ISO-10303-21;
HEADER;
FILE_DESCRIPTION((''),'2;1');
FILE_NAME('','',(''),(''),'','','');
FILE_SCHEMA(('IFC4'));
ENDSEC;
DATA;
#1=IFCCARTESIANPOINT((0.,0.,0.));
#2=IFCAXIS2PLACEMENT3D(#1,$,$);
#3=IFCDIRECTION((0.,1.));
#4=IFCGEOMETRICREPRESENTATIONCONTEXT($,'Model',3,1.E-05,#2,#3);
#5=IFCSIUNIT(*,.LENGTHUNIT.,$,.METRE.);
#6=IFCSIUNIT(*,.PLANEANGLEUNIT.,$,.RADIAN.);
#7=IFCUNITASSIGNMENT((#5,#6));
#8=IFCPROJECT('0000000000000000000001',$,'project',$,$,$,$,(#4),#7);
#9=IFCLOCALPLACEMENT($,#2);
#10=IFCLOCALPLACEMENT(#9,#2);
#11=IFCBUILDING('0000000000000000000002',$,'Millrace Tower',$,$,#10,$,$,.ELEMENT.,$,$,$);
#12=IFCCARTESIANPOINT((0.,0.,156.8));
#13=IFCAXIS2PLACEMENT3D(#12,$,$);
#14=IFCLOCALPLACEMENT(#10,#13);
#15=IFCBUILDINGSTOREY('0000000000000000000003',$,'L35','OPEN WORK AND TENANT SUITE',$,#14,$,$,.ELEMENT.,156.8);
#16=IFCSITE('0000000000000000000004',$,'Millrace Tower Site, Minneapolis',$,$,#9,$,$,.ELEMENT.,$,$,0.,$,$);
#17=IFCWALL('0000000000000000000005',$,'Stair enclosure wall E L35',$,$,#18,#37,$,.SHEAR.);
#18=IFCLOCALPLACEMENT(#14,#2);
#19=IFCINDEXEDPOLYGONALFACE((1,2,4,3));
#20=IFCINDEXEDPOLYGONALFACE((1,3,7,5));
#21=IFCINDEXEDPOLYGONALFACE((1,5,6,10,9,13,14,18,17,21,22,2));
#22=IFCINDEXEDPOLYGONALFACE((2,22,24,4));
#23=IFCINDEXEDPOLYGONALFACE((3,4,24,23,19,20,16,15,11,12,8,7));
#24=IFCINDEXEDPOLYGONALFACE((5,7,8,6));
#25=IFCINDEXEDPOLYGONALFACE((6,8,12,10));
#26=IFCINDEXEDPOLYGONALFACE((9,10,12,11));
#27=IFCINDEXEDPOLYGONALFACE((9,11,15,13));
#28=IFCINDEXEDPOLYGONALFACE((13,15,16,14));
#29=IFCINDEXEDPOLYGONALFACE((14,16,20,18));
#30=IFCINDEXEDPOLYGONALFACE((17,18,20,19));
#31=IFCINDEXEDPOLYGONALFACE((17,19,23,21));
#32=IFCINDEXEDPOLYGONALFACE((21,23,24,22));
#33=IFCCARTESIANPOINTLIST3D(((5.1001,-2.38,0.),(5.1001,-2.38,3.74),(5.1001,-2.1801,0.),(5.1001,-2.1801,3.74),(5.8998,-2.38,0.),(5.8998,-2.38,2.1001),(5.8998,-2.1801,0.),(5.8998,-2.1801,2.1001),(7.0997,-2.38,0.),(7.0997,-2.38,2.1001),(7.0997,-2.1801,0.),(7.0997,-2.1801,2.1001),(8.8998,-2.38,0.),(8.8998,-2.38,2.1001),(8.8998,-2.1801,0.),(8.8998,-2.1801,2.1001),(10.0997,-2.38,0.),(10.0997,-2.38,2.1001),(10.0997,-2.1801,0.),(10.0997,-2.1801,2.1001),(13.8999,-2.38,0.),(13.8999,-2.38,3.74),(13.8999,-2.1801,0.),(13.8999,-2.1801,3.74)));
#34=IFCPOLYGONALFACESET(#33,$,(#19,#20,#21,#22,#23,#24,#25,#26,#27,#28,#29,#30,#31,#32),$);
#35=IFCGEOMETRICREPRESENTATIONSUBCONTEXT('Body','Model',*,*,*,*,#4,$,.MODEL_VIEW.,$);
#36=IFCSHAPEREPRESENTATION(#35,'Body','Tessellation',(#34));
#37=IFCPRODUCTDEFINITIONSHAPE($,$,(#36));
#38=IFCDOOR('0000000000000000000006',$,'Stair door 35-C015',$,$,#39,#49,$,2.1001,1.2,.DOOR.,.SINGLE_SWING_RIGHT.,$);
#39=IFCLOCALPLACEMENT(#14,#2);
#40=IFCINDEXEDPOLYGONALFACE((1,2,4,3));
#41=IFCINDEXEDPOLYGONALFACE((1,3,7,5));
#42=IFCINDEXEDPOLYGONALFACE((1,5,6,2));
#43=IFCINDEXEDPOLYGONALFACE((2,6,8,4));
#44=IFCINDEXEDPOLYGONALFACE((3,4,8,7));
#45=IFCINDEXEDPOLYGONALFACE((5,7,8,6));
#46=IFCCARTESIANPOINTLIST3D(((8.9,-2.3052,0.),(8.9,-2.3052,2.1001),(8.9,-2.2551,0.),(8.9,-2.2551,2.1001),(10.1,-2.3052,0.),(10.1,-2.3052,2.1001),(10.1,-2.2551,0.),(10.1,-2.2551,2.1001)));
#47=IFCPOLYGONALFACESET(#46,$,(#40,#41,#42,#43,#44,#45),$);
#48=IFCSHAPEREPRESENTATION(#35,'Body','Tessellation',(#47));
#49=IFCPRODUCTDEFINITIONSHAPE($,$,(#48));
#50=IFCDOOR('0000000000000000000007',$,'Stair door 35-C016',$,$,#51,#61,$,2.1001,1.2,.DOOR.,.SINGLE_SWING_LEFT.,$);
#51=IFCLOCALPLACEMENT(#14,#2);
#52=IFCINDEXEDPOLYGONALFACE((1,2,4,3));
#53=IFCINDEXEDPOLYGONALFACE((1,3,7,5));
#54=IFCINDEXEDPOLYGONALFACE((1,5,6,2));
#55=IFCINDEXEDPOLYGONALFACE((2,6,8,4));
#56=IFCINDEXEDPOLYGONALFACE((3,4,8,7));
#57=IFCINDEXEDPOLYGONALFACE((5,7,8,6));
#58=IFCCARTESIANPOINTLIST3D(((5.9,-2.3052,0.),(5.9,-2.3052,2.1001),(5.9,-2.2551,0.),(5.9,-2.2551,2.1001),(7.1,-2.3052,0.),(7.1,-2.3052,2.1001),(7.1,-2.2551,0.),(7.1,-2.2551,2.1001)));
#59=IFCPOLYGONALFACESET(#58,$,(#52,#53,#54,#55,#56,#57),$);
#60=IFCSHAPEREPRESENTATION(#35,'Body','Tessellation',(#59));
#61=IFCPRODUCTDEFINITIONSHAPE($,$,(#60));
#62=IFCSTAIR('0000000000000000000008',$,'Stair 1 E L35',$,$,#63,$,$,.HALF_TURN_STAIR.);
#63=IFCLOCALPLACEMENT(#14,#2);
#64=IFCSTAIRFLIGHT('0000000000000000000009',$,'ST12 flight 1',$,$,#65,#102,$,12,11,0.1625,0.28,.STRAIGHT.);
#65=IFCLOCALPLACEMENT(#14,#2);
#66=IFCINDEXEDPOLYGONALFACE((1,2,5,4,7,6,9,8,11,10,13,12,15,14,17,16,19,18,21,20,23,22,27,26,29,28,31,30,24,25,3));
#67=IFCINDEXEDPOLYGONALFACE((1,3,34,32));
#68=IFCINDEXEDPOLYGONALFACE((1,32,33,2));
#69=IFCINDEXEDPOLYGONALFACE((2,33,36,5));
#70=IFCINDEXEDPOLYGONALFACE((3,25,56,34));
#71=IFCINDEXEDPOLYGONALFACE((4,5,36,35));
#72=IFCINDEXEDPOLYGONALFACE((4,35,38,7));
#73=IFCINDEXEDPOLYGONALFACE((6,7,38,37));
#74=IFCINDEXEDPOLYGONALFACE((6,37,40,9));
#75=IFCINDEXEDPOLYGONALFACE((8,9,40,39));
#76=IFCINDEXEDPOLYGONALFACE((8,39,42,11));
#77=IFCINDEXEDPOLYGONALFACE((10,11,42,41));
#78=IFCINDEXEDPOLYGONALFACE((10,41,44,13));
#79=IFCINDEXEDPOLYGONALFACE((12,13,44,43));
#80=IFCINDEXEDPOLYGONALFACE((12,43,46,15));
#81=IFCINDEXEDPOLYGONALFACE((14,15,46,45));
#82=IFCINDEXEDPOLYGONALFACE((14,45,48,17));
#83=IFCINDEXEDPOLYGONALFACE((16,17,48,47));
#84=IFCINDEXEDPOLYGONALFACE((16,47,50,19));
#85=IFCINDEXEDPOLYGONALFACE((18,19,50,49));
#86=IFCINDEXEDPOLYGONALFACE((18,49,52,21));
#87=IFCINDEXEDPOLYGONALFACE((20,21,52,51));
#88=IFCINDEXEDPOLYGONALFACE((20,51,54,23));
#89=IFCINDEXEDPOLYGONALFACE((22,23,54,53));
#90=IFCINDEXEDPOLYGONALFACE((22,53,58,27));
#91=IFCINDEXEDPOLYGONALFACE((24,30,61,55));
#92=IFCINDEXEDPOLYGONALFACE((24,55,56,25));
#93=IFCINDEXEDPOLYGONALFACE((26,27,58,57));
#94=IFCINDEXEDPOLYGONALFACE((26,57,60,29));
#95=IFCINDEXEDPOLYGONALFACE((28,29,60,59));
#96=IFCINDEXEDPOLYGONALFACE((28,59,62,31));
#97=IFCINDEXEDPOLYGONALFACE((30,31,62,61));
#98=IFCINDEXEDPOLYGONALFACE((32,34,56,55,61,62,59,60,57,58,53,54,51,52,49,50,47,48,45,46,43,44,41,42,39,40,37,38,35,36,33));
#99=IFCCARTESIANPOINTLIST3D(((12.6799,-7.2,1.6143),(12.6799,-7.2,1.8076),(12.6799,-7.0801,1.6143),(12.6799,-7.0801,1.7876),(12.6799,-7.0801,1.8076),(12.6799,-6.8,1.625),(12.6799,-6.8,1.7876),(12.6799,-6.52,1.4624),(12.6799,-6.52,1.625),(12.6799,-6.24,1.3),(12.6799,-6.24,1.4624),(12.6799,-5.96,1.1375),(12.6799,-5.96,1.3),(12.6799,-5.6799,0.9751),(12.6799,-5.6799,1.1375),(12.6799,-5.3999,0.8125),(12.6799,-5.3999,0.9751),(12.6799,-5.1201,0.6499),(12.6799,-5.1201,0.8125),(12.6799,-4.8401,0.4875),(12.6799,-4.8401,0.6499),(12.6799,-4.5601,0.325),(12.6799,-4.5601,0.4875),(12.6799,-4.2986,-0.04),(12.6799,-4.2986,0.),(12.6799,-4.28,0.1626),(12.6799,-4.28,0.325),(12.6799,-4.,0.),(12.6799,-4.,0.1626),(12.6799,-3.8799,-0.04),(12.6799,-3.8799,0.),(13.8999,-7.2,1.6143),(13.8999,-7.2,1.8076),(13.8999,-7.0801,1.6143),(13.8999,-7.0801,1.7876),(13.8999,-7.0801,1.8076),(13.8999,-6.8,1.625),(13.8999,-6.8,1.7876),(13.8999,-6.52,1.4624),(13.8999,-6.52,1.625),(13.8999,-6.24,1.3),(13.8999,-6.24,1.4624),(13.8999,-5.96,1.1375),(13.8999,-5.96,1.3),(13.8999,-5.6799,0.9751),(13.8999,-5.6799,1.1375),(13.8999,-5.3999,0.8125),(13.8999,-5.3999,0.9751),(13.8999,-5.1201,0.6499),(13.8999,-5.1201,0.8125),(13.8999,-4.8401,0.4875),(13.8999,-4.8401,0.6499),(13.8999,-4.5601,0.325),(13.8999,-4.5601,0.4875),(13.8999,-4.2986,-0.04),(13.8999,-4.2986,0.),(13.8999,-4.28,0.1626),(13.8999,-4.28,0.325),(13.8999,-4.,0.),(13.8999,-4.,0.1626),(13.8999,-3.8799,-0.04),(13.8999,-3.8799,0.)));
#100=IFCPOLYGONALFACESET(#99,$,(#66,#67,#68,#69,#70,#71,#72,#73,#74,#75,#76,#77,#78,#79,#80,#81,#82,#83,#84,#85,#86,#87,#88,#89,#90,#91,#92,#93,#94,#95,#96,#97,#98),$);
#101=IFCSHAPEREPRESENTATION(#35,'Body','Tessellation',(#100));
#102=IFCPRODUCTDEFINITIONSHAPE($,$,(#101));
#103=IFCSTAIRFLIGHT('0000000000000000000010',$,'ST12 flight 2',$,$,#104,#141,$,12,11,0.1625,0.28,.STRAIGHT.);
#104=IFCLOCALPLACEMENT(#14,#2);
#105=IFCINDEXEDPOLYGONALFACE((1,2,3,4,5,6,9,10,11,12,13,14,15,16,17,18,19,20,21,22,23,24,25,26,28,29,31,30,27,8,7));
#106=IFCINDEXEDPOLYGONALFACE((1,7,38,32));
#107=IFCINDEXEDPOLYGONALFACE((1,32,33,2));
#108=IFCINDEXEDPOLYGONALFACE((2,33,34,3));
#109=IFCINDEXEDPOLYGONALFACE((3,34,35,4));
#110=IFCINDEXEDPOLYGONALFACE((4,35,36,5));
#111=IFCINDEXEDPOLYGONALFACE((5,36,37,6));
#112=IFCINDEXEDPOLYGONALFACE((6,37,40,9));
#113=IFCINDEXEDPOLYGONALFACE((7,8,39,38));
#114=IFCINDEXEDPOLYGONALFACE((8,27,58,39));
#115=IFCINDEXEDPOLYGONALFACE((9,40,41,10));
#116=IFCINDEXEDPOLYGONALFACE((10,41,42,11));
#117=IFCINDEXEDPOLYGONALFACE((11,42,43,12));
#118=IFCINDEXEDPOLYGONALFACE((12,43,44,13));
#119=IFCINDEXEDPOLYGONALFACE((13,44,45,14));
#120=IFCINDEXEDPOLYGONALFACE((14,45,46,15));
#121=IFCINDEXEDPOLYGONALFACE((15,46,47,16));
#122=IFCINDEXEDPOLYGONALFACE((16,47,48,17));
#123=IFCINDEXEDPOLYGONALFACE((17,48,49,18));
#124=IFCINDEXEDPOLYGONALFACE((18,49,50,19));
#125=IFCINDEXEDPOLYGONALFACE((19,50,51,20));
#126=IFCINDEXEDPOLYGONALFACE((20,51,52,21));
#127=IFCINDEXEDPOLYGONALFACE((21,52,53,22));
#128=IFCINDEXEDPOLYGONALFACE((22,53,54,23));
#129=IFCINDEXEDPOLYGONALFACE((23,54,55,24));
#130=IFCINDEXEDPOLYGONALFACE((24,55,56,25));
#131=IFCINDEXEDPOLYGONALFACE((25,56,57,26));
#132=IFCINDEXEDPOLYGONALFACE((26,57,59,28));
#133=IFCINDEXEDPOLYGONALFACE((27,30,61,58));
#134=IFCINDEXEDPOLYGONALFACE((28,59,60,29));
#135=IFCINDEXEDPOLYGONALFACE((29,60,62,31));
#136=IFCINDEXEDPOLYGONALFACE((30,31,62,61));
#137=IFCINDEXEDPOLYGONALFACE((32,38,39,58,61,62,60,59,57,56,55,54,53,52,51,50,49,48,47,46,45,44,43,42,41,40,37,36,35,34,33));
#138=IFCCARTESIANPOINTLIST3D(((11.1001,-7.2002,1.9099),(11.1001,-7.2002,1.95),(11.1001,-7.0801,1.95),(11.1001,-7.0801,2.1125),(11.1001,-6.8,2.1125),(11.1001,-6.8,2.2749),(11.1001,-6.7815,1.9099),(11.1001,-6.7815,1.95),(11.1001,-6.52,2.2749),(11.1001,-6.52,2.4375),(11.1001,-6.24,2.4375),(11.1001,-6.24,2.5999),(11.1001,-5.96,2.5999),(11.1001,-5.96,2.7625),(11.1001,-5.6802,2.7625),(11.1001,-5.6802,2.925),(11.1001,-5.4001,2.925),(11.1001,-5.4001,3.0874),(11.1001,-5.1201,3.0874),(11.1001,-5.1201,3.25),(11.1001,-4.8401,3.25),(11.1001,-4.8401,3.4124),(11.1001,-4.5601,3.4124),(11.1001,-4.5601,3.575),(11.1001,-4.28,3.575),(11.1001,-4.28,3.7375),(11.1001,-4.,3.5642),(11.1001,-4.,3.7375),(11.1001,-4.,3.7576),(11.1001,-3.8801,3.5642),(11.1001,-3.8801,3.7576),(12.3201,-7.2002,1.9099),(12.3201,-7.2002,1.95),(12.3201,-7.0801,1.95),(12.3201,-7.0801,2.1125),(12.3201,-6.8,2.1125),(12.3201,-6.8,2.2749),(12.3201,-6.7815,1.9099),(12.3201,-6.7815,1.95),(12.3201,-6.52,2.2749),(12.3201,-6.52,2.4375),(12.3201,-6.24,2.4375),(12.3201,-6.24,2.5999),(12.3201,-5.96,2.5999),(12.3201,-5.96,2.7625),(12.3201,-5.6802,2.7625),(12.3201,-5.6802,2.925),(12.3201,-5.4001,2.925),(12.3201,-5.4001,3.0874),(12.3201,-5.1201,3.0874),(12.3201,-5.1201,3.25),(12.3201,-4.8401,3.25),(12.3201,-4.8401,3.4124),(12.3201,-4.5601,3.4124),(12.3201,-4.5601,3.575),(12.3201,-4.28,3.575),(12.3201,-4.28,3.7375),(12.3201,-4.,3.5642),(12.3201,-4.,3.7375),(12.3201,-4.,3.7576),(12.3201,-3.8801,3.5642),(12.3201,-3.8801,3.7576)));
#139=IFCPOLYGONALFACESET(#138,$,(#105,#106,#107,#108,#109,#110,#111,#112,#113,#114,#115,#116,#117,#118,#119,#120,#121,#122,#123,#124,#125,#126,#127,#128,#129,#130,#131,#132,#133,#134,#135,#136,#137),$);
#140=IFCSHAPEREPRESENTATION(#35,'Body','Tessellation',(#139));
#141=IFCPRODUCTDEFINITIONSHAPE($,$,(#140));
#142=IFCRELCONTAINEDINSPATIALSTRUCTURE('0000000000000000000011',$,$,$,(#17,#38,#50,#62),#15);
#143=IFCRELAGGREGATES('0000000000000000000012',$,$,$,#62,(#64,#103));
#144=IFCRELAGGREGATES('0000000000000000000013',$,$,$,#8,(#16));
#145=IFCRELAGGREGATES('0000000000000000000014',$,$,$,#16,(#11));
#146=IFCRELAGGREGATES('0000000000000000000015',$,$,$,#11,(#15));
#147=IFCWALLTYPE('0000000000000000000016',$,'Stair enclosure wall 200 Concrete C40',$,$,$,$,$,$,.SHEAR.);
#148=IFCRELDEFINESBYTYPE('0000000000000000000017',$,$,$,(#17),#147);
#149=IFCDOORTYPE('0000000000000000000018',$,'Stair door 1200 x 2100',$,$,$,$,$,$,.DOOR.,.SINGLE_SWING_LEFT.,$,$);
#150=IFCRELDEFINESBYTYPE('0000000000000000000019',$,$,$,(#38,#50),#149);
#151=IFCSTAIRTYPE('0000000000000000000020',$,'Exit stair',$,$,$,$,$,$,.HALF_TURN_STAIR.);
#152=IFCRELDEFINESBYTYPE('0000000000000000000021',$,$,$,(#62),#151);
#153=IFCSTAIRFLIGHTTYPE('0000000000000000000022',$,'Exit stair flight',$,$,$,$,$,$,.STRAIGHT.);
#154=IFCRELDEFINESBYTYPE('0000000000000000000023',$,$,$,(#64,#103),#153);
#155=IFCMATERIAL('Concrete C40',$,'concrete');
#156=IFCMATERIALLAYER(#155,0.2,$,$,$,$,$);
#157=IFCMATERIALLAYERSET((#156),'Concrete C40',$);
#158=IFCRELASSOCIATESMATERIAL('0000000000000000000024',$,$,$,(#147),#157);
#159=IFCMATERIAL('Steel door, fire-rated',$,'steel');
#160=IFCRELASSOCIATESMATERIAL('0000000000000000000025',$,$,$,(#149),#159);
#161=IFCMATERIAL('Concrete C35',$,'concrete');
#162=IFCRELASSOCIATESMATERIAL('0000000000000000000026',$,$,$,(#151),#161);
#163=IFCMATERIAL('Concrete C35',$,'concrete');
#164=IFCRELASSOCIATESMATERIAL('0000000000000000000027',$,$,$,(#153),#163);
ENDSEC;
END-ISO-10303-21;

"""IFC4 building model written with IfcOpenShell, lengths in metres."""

from ifc_helpers import new_model, si_unit, direction, frame, frame_2d, origin, place, context, subcontext, project, spatial, polyline, rectangle, outline, extrude, material, layer, layer_set, type_object, element, fill, aggregate, save


model = new_model("IFC4")

# Units and contexts
model_context = context("Model", 3, precision=1e-05, world=origin(), true_north=direction((0.0, 1.0)))
body_context = subcontext(model_context, "Body", "Model", "MODEL_VIEW")
ifc_project = project(units=[si_unit("LENGTHUNIT", "METRE"), si_unit("PLANEANGLEUNIT", "RADIAN")], contexts=[model_context])

# Site, building, storey
site_placement = place(None, origin())
site = spatial("IfcSite", under=ifc_project, at=site_placement, Name="Millrace Tower Site, Minneapolis", CompositionType="ELEMENT", RefElevation=0.0)
building_placement = place(site_placement, origin())
building = spatial("IfcBuilding", under=site, at=building_placement, Name="Millrace Tower", CompositionType="ELEMENT")
storey_placement = place(building_placement, frame((0.0, 0.0, 156.8)))
storey = spatial("IfcBuildingStorey", under=building, at=storey_placement, Name="L35", Description="OPEN WORK AND TENANT SUITE", CompositionType="ELEMENT", Elevation=156.8)

# Shared definitions
placement = place(storey_placement, origin())

# Shared definitions
ifc_material_1 = material(Name="Concrete C40", Category="concrete")
ifc_layer_1 = layer(ifc_material_1, 0.2)
ifc_layer_set_1 = layer_set([ifc_layer_1], Name="Concrete C40")
wall_type_1 = type_object("IfcWallType", Name="Stair enclosure wall 200 Concrete C40", PredefinedType="SHEAR", material=ifc_layer_set_1)

# Wall, openings, doors
wall_1_placement = place(storey_placement, frame((13.8999, -2.28, 0.0), z_axis=(0.0, 0.0, 1.0), x_axis=(-1.0, 0.0, 0.0)))
wall_1 = element("IfcWall", 1, at=wall_1_placement, inside=storey, type_object=wall_type_1, Name="Stair enclosure wall E L35", PredefinedType="SHEAR", context=body_context, shape_type="SweptSolid", body=[
    extrude(rectangle(XDim=8.7998, YDim=0.2, at=frame_2d((4.3999, 0.0))), origin(), (0.0, 0.0, 1.0), 3.74),
])
opening_1_placement = place(wall_1_placement, frame((3.8, 0.0, 0.0)))
opening_1 = element("IfcOpeningElement", 2, at=opening_1_placement, cuts=wall_1, PredefinedType="OPENING", context=body_context, shape_type="SweptSolid", body=[
    extrude(rectangle(XDim=1.2, YDim=2.1001, at=frame_2d((0.6001, 1.05))), frame((0.0, 0.1099, 0.0), z_axis=(0.0, -1.0, 0.0), x_axis=(1.0, 0.0, 0.0)), (0.0, 0.0, 1.0), 0.22),
])
opening_2_placement = place(wall_1_placement, frame((6.8, 0.0, 0.0)))
opening_2 = element("IfcOpeningElement", 3, at=opening_2_placement, cuts=wall_1, PredefinedType="OPENING", context=body_context, shape_type="SweptSolid", body=[
    extrude(rectangle(XDim=1.2, YDim=2.1001, at=frame_2d((0.6001, 1.05))), frame((0.0, 0.1099, 0.0), z_axis=(0.0, -1.0, 0.0), x_axis=(1.0, 0.0, 0.0)), (0.0, 0.0, 1.0), 0.22),
])
ifc_material_2 = material(Name="Steel door, fire-rated", Category="steel")
door_type_1 = type_object("IfcDoorType", Name="Stair door 1200 x 2100", OperationType="SINGLE_SWING_LEFT", PredefinedType="DOOR", material=ifc_material_2)
door_1_placement = place(opening_1_placement, frame((1.2, 0.0, 0.0), z_axis=(0.0, 0.0, 1.0), x_axis=(-1.0, 0.0, 0.0)))
door_1 = element("IfcDoor", 4, at=door_1_placement, inside=storey, type_object=door_type_1, Name="Stair door 35-C015", OperationType="SINGLE_SWING_RIGHT", OverallHeight=2.1001, OverallWidth=1.2, PredefinedType="DOOR", context=body_context, shape_type="SweptSolid", body=[
    extrude(rectangle(XDim=1.2, YDim=2.1001, at=frame_2d((0.6001, 1.05))), frame((0.0, 0.0249, 0.0), z_axis=(0.0, -1.0, 0.0), x_axis=(1.0, 0.0, 0.0)), (0.0, 0.0, 1.0), 0.05),
])
fill(opening_1, door_1)
door_2_placement = place(opening_2_placement, frame((1.2, 0.0, 0.0), z_axis=(0.0, 0.0, 1.0), x_axis=(-1.0, 0.0, 0.0)))
door_2 = element("IfcDoor", 5, at=door_2_placement, inside=storey, type_object=door_type_1, Name="Stair door 35-C016", OperationType="SINGLE_SWING_LEFT", OverallHeight=2.1001, OverallWidth=1.2, PredefinedType="DOOR", context=body_context, shape_type="SweptSolid", body=[
    extrude(rectangle(XDim=1.2, YDim=2.1001, at=frame_2d((0.6001, 1.05))), frame((0.0, 0.0249, 0.0), z_axis=(0.0, -1.0, 0.0), x_axis=(1.0, 0.0, 0.0)), (0.0, 0.0, 1.0), 0.05),
])
fill(opening_2, door_2)

# Stair, stair flights
ifc_material_3 = material(Name="Concrete C35", Category="concrete")
stair_type = type_object("IfcStairType", Name="Exit stair", PredefinedType="HALF_TURN_STAIR", material=ifc_material_3)
stair = element("IfcStair", 6, at=placement, inside=storey, type_object=stair_type, Name="Stair 1 E L35", PredefinedType="HALF_TURN_STAIR")
ifc_material_4 = material(Name="Concrete C35", Category="concrete")
stair_flight_type = type_object("IfcStairFlightType", Name="Exit stair flight", PredefinedType="STRAIGHT", material=ifc_material_4)
stair_flight_1_placement = place(storey_placement, frame((13.29, -4.0, 0.0), z_axis=(0.0, 0.0, 1.0), x_axis=(0.0, -1.0, 0.0)))
stair_flight_1 = element("IfcStairFlight", 7, at=stair_flight_1_placement, type_object=stair_flight_type, Name="ST12 flight 1", NumberOfRisers=12, NumberOfTreads=11, PredefinedType="STRAIGHT", RiserHeight=0.1625, TreadLength=0.28, context=body_context, shape_type="SweptSolid", body=[
    extrude(outline(polyline([(-0.1201, -0.04), (-0.1201, 0.0), (0.0, 0.0), (0.0, 0.1626), (0.28, 0.1626), (0.28, 0.325), (0.5601, 0.325), (0.5601, 0.4875), (0.8401, 0.4875), (0.8401, 0.6499), (1.1201, 0.6499), (1.1201, 0.8125), (1.3999, 0.8125), (1.3999, 0.9751), (1.6799, 0.9751), (1.6799, 1.1375), (1.96, 1.1375), (1.96, 1.3), (2.24, 1.3), (2.24, 1.4624), (2.52, 1.4624), (2.52, 1.625), (2.8, 1.625), (2.8, 1.7876), (3.0801, 1.7876), (3.0801, 1.8076), (3.2, 1.8076), (3.2, 1.6143), (3.0801, 1.6143), (0.2986, 0.0), (0.2986, -0.04), (-0.1201, -0.04)])), frame((0.0, 0.6099, 0.0), z_axis=(0.0, -1.0, 0.0), x_axis=(1.0, 0.0, 0.0)), (0.0, 0.0, 1.0), 1.22),
])
stair_flight_2_placement = place(storey_placement, frame((11.71, -7.0801, 1.95), z_axis=(0.0, 0.0, 1.0), x_axis=(0.0, 1.0, 0.0)))
stair_flight_2 = element("IfcStairFlight", 8, at=stair_flight_2_placement, type_object=stair_flight_type, Name="ST12 flight 2", NumberOfRisers=12, NumberOfTreads=11, PredefinedType="STRAIGHT", RiserHeight=0.1625, TreadLength=0.28, context=body_context, shape_type="SweptSolid", body=[
    extrude(outline(polyline([(-0.1201, -0.04), (-0.1201, 0.0), (0.0, 0.0), (0.0, 0.1626), (0.28, 0.1626), (0.28, 0.325), (0.5601, 0.325), (0.5601, 0.4875), (0.8401, 0.4875), (0.8401, 0.6499), (1.1201, 0.6499), (1.1201, 0.8125), (1.3999, 0.8125), (1.3999, 0.9751), (1.6799, 0.9751), (1.6799, 1.1375), (1.96, 1.1375), (1.96, 1.3), (2.24, 1.3), (2.24, 1.4624), (2.52, 1.4624), (2.52, 1.625), (2.8, 1.625), (2.8, 1.7876), (3.0801, 1.7876), (3.0801, 1.8076), (3.2, 1.8076), (3.2, 1.6143), (3.0801, 1.6143), (0.2986, 0.0), (0.2986, -0.04), (-0.1201, -0.04)])), frame((0.0, 0.6099, 0.0), z_axis=(0.0, -1.0, 0.0), x_axis=(1.0, 0.0, 0.0)), (0.0, 0.0, 1.0), 1.22),
])
aggregate(stair, [stair_flight_1, stair_flight_2])

save(model, "model.ifc")
